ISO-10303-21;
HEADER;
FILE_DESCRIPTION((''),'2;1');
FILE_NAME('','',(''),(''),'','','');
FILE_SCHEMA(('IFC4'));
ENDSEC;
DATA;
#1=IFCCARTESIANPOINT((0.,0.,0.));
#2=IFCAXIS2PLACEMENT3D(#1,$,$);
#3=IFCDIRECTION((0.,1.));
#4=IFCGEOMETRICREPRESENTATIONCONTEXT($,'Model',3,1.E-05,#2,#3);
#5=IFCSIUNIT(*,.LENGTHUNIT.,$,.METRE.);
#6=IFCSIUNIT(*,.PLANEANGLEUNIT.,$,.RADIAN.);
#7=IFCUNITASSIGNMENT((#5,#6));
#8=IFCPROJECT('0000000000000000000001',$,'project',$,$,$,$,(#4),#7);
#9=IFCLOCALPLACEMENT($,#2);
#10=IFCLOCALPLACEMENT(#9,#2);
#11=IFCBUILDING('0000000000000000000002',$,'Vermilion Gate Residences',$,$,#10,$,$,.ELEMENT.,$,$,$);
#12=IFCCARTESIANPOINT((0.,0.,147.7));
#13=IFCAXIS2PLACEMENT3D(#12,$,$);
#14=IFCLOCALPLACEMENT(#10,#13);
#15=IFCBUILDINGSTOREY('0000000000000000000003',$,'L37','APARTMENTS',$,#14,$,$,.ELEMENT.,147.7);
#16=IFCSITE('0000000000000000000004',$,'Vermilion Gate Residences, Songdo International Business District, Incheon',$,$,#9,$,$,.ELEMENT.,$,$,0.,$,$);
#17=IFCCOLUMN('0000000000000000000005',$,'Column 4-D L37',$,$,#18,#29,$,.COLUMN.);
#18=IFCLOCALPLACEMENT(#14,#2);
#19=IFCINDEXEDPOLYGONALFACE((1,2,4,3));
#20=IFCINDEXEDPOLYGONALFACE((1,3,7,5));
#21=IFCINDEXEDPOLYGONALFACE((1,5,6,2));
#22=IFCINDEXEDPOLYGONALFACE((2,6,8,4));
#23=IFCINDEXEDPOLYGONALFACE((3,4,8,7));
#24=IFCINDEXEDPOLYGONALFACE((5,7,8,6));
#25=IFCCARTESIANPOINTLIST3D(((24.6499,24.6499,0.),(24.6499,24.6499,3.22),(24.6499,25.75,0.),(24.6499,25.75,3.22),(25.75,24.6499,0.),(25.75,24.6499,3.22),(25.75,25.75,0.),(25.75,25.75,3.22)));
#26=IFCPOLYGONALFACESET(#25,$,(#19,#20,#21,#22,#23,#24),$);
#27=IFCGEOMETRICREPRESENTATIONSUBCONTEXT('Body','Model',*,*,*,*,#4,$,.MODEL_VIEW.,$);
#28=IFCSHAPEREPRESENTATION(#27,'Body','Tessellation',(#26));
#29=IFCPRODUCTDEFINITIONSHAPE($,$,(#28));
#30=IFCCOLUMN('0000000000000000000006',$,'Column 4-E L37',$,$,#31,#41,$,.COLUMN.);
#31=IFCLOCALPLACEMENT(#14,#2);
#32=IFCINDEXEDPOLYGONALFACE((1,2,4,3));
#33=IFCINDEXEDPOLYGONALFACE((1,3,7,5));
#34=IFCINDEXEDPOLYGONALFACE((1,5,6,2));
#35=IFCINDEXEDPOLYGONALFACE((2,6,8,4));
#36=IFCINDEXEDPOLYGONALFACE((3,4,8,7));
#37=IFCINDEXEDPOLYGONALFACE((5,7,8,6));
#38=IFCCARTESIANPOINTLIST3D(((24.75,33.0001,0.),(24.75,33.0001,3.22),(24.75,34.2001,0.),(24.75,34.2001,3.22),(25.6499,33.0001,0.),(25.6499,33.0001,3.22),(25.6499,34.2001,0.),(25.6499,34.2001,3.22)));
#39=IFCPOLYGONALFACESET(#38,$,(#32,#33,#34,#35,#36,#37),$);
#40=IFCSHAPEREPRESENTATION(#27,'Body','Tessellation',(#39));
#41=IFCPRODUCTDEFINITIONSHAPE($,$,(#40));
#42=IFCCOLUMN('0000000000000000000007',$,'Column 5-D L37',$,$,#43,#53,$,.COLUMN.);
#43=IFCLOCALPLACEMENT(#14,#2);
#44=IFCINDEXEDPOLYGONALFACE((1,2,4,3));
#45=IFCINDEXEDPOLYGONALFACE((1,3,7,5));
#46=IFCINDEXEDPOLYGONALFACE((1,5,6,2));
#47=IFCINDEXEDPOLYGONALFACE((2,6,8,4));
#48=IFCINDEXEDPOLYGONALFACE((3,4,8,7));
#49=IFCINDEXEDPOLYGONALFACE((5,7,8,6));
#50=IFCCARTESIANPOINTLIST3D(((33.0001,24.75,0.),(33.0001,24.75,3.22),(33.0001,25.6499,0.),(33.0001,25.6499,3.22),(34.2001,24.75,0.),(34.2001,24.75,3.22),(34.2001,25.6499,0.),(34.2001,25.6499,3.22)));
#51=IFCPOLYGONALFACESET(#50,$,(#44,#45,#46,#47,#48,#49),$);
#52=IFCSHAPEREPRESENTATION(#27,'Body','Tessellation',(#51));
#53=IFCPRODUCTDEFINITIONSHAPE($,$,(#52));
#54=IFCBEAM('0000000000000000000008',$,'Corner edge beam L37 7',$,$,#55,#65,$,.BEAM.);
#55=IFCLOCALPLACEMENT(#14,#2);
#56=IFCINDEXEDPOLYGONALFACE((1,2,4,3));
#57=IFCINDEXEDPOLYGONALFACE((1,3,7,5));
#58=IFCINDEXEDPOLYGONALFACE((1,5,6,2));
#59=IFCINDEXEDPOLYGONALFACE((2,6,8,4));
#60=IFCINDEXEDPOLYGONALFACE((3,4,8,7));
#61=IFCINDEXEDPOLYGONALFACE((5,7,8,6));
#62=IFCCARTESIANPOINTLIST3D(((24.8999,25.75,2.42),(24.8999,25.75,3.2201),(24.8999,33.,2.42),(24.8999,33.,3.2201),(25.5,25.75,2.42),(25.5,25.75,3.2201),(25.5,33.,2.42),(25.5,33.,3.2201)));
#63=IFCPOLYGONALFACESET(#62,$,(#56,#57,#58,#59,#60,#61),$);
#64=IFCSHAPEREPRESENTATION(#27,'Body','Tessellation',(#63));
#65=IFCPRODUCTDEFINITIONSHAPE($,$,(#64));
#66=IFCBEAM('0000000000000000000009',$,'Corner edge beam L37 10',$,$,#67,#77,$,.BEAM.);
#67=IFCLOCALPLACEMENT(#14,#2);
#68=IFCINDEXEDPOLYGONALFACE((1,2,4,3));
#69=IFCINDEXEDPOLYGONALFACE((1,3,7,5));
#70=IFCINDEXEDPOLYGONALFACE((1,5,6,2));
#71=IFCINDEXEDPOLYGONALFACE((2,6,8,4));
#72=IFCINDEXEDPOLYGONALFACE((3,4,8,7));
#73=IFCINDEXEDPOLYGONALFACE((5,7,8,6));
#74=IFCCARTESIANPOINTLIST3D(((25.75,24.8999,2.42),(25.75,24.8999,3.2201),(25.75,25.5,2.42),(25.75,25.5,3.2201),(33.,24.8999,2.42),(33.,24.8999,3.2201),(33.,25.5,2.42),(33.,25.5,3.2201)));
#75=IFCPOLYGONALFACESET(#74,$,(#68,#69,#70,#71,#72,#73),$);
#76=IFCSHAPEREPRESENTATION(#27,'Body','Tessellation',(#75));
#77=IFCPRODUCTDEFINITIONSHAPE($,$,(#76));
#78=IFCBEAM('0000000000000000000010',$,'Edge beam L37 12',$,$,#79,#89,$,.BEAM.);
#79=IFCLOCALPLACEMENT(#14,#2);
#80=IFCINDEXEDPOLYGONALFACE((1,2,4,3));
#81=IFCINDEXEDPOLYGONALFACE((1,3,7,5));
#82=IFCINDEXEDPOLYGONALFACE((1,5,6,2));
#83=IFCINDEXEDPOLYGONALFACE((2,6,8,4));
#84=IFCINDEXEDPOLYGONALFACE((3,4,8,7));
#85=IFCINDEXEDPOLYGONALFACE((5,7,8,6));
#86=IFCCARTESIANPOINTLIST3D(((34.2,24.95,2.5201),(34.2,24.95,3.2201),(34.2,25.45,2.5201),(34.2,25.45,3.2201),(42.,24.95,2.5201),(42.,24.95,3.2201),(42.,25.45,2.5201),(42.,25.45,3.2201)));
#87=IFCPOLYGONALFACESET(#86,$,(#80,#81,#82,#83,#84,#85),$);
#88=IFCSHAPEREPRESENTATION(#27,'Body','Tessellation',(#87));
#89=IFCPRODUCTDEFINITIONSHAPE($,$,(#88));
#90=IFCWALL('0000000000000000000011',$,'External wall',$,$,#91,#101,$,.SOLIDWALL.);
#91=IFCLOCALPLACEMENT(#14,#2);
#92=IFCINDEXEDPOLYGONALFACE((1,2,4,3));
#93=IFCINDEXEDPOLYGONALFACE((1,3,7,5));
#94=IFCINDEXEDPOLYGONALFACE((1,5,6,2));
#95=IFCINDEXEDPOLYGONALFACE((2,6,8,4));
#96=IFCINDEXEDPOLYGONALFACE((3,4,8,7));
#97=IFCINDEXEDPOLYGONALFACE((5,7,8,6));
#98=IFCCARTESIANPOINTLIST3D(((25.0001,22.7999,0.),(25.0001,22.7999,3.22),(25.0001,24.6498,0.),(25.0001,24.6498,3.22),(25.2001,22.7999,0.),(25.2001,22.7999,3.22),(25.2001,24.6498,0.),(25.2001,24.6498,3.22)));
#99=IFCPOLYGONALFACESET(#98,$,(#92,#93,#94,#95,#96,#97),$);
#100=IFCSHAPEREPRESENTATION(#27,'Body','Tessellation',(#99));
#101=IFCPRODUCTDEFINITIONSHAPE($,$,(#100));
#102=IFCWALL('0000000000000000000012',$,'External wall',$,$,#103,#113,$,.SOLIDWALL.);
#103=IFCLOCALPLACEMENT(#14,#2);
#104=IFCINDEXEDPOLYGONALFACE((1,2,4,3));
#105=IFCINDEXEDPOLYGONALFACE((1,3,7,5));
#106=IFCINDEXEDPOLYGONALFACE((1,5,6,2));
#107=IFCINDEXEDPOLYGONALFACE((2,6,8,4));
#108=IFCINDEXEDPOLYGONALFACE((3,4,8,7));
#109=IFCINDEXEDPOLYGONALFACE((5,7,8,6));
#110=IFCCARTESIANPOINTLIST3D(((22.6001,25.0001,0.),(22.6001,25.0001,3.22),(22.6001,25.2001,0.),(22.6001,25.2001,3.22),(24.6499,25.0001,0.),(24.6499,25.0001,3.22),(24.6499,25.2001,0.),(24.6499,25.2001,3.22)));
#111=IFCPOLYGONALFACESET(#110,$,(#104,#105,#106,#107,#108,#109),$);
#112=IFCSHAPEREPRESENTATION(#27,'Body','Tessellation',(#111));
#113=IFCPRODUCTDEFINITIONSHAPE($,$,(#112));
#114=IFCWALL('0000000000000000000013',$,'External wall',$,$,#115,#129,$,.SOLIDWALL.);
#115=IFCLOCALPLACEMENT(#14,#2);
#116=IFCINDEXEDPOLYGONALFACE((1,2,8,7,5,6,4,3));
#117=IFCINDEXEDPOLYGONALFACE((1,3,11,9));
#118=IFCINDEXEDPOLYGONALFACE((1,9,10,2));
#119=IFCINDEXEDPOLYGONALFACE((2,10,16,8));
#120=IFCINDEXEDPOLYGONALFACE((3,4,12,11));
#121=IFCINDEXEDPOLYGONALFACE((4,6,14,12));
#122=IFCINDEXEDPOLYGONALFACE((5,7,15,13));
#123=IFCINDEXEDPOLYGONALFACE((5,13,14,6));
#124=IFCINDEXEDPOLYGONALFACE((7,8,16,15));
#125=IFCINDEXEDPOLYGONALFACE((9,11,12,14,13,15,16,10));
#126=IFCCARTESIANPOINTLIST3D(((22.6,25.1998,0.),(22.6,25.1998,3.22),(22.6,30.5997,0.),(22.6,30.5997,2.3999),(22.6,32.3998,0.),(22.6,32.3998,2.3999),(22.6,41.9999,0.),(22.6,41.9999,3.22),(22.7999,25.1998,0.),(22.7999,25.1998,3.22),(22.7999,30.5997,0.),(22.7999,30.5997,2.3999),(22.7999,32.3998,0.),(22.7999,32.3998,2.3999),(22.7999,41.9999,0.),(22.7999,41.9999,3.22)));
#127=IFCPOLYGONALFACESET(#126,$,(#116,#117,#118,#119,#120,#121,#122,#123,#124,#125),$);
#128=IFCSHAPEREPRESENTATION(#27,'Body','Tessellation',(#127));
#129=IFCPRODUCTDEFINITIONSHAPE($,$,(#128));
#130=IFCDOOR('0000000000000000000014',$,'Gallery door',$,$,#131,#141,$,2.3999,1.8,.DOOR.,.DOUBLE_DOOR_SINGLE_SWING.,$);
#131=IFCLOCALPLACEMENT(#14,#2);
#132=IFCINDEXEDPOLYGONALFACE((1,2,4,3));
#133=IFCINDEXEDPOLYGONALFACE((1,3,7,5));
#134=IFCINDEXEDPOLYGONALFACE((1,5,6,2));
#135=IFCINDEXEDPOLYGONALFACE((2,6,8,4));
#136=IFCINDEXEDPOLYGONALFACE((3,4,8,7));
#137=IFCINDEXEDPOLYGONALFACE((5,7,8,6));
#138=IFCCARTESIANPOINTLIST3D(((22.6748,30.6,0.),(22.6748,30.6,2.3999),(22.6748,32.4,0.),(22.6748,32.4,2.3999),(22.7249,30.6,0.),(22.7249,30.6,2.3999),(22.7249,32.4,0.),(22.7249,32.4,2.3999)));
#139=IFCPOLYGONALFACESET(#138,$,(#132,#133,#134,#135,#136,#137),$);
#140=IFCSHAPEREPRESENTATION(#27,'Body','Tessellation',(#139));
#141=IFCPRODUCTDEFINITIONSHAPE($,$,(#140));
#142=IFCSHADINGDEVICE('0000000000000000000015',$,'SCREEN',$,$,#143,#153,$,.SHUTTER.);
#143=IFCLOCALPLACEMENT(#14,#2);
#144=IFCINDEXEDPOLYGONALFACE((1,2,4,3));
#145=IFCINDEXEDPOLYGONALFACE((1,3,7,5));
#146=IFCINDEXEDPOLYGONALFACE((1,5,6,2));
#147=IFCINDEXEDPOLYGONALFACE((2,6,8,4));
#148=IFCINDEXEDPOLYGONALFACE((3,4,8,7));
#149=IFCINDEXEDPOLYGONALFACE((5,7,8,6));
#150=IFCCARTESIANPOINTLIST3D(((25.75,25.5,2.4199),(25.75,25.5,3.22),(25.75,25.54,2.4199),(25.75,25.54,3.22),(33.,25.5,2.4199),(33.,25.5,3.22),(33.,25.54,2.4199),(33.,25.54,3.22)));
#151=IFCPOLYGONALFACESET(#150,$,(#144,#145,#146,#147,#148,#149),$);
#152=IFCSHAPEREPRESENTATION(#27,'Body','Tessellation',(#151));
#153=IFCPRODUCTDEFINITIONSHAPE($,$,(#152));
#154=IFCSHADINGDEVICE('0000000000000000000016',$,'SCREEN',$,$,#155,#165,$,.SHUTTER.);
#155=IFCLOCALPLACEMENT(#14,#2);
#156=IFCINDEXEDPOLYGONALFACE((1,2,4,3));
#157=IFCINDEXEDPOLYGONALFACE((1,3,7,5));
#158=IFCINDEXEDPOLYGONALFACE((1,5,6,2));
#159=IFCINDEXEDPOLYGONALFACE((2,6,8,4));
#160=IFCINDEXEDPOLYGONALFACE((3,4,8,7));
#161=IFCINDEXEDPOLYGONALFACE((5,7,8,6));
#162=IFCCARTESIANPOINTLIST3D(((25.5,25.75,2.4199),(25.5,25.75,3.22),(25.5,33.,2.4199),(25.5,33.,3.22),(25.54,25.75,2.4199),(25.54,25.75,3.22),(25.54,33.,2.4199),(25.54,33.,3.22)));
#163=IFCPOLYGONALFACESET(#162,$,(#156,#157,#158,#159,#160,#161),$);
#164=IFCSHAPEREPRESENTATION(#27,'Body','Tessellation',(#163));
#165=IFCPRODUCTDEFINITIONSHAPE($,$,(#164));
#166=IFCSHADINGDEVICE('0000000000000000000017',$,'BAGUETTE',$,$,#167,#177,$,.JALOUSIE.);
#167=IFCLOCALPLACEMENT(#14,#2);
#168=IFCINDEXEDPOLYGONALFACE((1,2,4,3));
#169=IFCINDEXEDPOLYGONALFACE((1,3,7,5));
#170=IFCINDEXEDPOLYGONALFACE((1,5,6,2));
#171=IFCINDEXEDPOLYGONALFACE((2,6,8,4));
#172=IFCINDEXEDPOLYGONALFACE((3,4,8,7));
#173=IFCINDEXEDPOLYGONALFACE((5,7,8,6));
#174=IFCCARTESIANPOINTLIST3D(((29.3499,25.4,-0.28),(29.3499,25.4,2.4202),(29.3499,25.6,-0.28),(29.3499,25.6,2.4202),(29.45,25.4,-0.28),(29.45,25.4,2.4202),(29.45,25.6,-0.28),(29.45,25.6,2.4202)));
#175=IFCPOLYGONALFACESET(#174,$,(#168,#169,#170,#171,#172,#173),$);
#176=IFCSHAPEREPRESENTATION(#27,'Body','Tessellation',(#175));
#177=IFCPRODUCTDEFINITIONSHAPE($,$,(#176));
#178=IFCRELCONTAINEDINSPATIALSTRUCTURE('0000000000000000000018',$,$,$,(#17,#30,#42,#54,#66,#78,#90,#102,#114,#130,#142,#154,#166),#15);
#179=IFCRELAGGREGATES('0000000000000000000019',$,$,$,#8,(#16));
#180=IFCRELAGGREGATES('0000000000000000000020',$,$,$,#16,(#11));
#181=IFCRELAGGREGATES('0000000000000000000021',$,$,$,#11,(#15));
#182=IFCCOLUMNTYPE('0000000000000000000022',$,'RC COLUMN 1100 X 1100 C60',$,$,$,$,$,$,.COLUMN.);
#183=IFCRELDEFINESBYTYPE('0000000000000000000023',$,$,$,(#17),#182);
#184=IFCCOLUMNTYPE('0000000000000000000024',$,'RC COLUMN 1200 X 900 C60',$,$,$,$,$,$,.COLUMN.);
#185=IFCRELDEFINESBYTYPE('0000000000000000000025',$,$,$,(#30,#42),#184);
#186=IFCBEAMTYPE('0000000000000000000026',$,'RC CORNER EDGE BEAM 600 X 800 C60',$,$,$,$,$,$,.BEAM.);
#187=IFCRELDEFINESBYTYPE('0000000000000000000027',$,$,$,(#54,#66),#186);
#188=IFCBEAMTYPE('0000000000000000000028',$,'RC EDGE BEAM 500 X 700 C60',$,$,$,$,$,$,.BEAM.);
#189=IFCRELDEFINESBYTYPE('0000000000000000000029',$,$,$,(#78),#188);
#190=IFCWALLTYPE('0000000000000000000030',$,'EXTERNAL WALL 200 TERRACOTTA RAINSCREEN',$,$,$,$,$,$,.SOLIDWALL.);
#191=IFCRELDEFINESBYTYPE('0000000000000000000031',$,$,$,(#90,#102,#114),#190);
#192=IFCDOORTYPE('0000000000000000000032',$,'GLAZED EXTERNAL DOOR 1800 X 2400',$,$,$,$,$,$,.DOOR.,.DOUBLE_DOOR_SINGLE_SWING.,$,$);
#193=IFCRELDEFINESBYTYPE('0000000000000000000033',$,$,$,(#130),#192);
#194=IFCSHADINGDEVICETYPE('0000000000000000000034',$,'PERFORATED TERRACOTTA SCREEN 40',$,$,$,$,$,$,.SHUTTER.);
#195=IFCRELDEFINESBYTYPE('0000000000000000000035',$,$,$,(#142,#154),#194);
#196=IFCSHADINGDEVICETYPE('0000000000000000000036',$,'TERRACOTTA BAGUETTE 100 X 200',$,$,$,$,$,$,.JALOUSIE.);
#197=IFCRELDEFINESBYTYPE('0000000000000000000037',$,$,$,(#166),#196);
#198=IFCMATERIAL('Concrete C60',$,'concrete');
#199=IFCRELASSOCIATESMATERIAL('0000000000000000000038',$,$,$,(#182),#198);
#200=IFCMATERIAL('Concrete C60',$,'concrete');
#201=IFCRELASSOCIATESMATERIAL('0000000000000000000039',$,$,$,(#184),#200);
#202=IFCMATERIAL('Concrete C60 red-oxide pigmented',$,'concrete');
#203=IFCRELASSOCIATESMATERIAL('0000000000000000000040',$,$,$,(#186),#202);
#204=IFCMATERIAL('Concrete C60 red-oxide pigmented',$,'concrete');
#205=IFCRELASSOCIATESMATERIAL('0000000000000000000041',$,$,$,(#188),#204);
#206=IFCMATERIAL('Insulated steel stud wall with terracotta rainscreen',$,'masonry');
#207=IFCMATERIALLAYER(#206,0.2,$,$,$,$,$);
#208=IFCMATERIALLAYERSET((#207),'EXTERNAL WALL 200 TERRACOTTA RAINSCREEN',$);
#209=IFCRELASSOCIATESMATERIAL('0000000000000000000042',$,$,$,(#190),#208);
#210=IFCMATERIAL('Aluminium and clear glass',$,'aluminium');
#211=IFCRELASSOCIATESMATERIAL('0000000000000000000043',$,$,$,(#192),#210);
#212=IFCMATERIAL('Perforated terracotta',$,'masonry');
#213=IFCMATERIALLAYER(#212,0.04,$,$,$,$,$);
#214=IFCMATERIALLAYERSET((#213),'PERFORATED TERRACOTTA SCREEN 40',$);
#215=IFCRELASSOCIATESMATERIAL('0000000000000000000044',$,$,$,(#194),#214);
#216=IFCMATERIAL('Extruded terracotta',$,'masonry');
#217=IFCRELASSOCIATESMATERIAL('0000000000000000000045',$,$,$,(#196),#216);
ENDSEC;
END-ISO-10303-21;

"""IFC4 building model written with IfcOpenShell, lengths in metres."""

from ifc_helpers import new_model, si_unit, direction, frame, frame_2d, origin, origin_2d, place, context, subcontext, project, spatial, rectangle, extrude, material, layer, layer_set, material_profile, profile_set, type_object, element, fill, save


model = new_model("IFC4")

# Units and contexts
model_context = context("Model", 3, precision=1e-05, world=origin(), true_north=direction((0.0, 1.0)))
body_context = subcontext(model_context, "Body", "Model", "MODEL_VIEW")
ifc_project = project(units=[si_unit("LENGTHUNIT", "METRE"), si_unit("PLANEANGLEUNIT", "RADIAN")], contexts=[model_context])

# Site, building, storey
site_placement = place(None, origin())
site = spatial("IfcSite", under=ifc_project, at=site_placement, Name="Vermilion Gate Residences, Songdo International Business District, Incheon", CompositionType="ELEMENT", RefElevation=0.0)
building_placement = place(site_placement, origin())
building = spatial("IfcBuilding", under=site, at=building_placement, Name="Vermilion Gate Residences", CompositionType="ELEMENT")
storey_placement = place(building_placement, frame((0.0, 0.0, 147.7)))
storey = spatial("IfcBuildingStorey", under=building, at=storey_placement, Name="L37", Description="APARTMENTS", CompositionType="ELEMENT", Elevation=147.7)

# Columns
ifc_material_1 = material(Name="Concrete C60", Category="concrete")
ifc_material_profile_1 = material_profile(ifc_material_1, rectangle(XDim=1.1001, YDim=1.1001, at=origin_2d()), Name="RC-1100x1100")
ifc_profile_set_1 = profile_set([ifc_material_profile_1], Name="Concrete C60")
column_type_1 = type_object("IfcColumnType", Name="RC COLUMN 1100 X 1100 C60", PredefinedType="COLUMN", material=ifc_profile_set_1)
column_placement = place(storey_placement, frame((25.2, 25.2, 0.0), z_axis=(0.0, 0.0, 1.0), x_axis=(1.0, 0.0, 0.0)))
element("IfcColumn", 1, at=column_placement, inside=storey, type_object=column_type_1, Name="Column 4-D L37", PredefinedType="COLUMN", context=body_context, shape_type="SweptSolid", body=[
    extrude(rectangle(XDim=1.1001, YDim=1.1001, at=origin_2d()), origin(), (0.0, 0.0, 1.0), 3.22),
])
ifc_material_2 = material(Name="Concrete C60", Category="concrete")
ifc_material_profile_2 = material_profile(ifc_material_2, rectangle(XDim=1.2, YDim=0.8999, at=origin_2d()), Name="RC-1200x900")
ifc_profile_set_2 = profile_set([ifc_material_profile_2], Name="Concrete C60")
column_type_2 = type_object("IfcColumnType", Name="RC COLUMN 1200 X 900 C60", PredefinedType="COLUMN", material=ifc_profile_set_2)
for number, where, z_axis, x_axis, name in (
    (2, (25.2, 33.6001, 0.0), (0.0, 0.0, 1.0), (0.0, 1.0, 0.0), "Column 4-E L37"),
    (3, (33.6001, 25.2, 0.0), (0.0, 0.0, 1.0), (1.0, 0.0, 0.0), "Column 5-D L37"),
):
    element("IfcColumn", number, at=place(storey_placement, frame(where, z_axis=z_axis, x_axis=x_axis)), inside=storey, type_object=column_type_2, Name=name, PredefinedType="COLUMN", context=body_context, shape_type="SweptSolid", body=[
        extrude(rectangle(XDim=1.2, YDim=0.8999, at=origin_2d()), origin(), (0.0, 0.0, 1.0), 3.22),
    ])

# Beams
ifc_material_3 = material(Name="Concrete C60 red-oxide pigmented", Category="concrete")
ifc_material_profile_3 = material_profile(ifc_material_3, rectangle(XDim=0.6001, YDim=0.8, at=origin_2d()), Name="RC-600x800")
ifc_profile_set_3 = profile_set([ifc_material_profile_3], Name="Concrete C60 red-oxide pigmented")
beam_type_1 = type_object("IfcBeamType", Name="RC CORNER EDGE BEAM 600 X 800 C60", PredefinedType="BEAM", material=ifc_profile_set_3)
for number, where, z_axis, x_axis, name in (
    (4, (25.2, 25.75, 2.8201), (0.0, 1.0, 0.0), (-1.0, 0.0, 0.0), "Corner edge beam L37 7"),
    (5, (25.75, 25.2, 2.8201), (1.0, 0.0, 0.0), (0.0, 1.0, 0.0), "Corner edge beam L37 10"),
):
    element("IfcBeam", number, at=place(storey_placement, frame(where, z_axis=z_axis, x_axis=x_axis)), inside=storey, type_object=beam_type_1, Name=name, PredefinedType="BEAM", context=body_context, shape_type="SweptSolid", body=[
        extrude(rectangle(XDim=0.6001, YDim=0.8, at=origin_2d()), origin(), (0.0, 0.0, 1.0), 7.25),
    ])
ifc_material_4 = material(Name="Concrete C60 red-oxide pigmented", Category="concrete")
ifc_material_profile_4 = material_profile(ifc_material_4, rectangle(XDim=0.5, YDim=0.7, at=origin_2d()), Name="RC-500x700")
ifc_profile_set_4 = profile_set([ifc_material_profile_4], Name="Concrete C60 red-oxide pigmented")
beam_type_2 = type_object("IfcBeamType", Name="RC EDGE BEAM 500 X 700 C60", PredefinedType="BEAM", material=ifc_profile_set_4)
beam_placement = place(storey_placement, frame((34.2, 25.2, 2.8701), z_axis=(1.0, 0.0, 0.0), x_axis=(0.0, 1.0, 0.0)))
element("IfcBeam", 6, at=beam_placement, inside=storey, type_object=beam_type_2, Name="Edge beam L37 12", PredefinedType="BEAM", context=body_context, shape_type="SweptSolid", body=[
    extrude(rectangle(XDim=0.5, YDim=0.7, at=origin_2d()), origin(), (0.0, 0.0, 1.0), 7.8),
])

# Walls
ifc_material_5 = material(Name="Insulated steel stud wall with terracotta rainscreen", Category="masonry")
ifc_layer_1 = layer(ifc_material_5, 0.2)
ifc_layer_set_1 = layer_set([ifc_layer_1], Name="EXTERNAL WALL 200 TERRACOTTA RAINSCREEN")
wall_type = type_object("IfcWallType", Name="EXTERNAL WALL 200 TERRACOTTA RAINSCREEN", PredefinedType="SOLIDWALL", material=ifc_layer_set_1)
wall_1_placement = place(storey_placement, frame((25.1001, 22.8, 0.0), z_axis=(0.0, 0.0, 1.0), x_axis=(0.0, 1.0, 0.0)))
element("IfcWall", 7, at=wall_1_placement, inside=storey, type_object=wall_type, Name="External wall", PredefinedType="SOLIDWALL", context=body_context, shape_type="SweptSolid", body=[
    extrude(rectangle(XDim=1.8499, YDim=0.2, at=frame_2d((0.9248, 0.0))), origin(), (0.0, 0.0, 1.0), 3.22),
])
wall_2_placement = place(storey_placement, frame((24.6499, 25.1001, 0.0), z_axis=(0.0, 0.0, 1.0), x_axis=(-1.0, 0.0, 0.0)))
element("IfcWall", 8, at=wall_2_placement, inside=storey, type_object=wall_type, Name="External wall", PredefinedType="SOLIDWALL", context=body_context, shape_type="SweptSolid", body=[
    extrude(rectangle(XDim=2.0498, YDim=0.2, at=frame_2d((1.0249, 0.0))), origin(), (0.0, 0.0, 1.0), 3.22),
])

# Wall, opening, door
wall_3_placement = place(storey_placement, frame((22.7, 25.2, 0.0), z_axis=(0.0, 0.0, 1.0), x_axis=(0.0, 1.0, 0.0)))
wall_3 = element("IfcWall", 9, at=wall_3_placement, inside=storey, type_object=wall_type, Name="External wall", PredefinedType="SOLIDWALL", context=body_context, shape_type="SweptSolid", body=[
    extrude(rectangle(XDim=16.8, YDim=0.2, at=frame_2d((8.3999, 0.0))), origin(), (0.0, 0.0, 1.0), 3.22),
])
opening_placement = place(wall_3_placement, frame((5.3999, 0.0, 0.0)))
opening = element("IfcOpeningElement", 10, at=opening_placement, cuts=wall_3, PredefinedType="OPENING", context=body_context, shape_type="SweptSolid", body=[
    extrude(rectangle(XDim=1.8, YDim=2.3999, at=frame_2d((0.8999, 1.2))), frame((0.0, 0.1099, 0.0), z_axis=(0.0, -1.0, 0.0), x_axis=(1.0, 0.0, 0.0)), (0.0, 0.0, 1.0), 0.22),
])
ifc_material_6 = material(Name="Aluminium and clear glass", Category="aluminium")
door_type = type_object("IfcDoorType", Name="GLAZED EXTERNAL DOOR 1800 X 2400", OperationType="DOUBLE_DOOR_SINGLE_SWING", PredefinedType="DOOR", material=ifc_material_6)
door_placement = place(opening_placement, frame((1.8, 0.0, 0.0), z_axis=(0.0, 0.0, 1.0), x_axis=(-1.0, 0.0, 0.0)))
door = element("IfcDoor", 11, at=door_placement, inside=storey, type_object=door_type, Name="Gallery door", OperationType="DOUBLE_DOOR_SINGLE_SWING", OverallHeight=2.3999, OverallWidth=1.8, PredefinedType="DOOR", context=body_context, shape_type="SweptSolid", body=[
    extrude(rectangle(XDim=1.8, YDim=2.3999, at=frame_2d((0.8999, 1.2))), frame((0.0, 0.0249, 0.0), z_axis=(0.0, -1.0, 0.0), x_axis=(1.0, 0.0, 0.0)), (0.0, 0.0, 1.0), 0.05),
])
fill(opening, door)

# Shading devices
ifc_material_7 = material(Name="Perforated terracotta", Category="masonry")
ifc_layer_2 = layer(ifc_material_7, 0.04)
ifc_layer_set_2 = layer_set([ifc_layer_2], Name="PERFORATED TERRACOTTA SCREEN 40")
shading_device_type_1 = type_object("IfcShadingDeviceType", Name="PERFORATED TERRACOTTA SCREEN 40", PredefinedType="SHUTTER", material=ifc_layer_set_2)
for number, where, z_axis, x_axis, name in (
    (12, (29.375, 25.52, 2.4199), (0.0, 0.0, 1.0), (-1.0, 0.0, 0.0), "SCREEN"),
    (13, (25.52, 29.375, 2.4199), (0.0, 0.0, 1.0), (0.0, 1.0, 0.0), "SCREEN"),
):
    element("IfcShadingDevice", number, at=place(storey_placement, frame(where, z_axis=z_axis, x_axis=x_axis)), inside=storey, type_object=shading_device_type_1, Name=name, PredefinedType="SHUTTER", context=body_context, shape_type="SweptSolid", body=[
        extrude(rectangle(XDim=7.25, YDim=0.04, at=origin_2d()), origin(), (0.0, 0.0, 1.0), 0.8),
    ])
ifc_material_8 = material(Name="Extruded terracotta", Category="masonry")
ifc_material_profile_5 = material_profile(ifc_material_8, rectangle(XDim=0.2, YDim=0.1001, at=origin_2d()), Name="BAGUETTE 100 X 200")
ifc_profile_set_5 = profile_set([ifc_material_profile_5], Name="Extruded terracotta")
shading_device_type_2 = type_object("IfcShadingDeviceType", Name="TERRACOTTA BAGUETTE 100 X 200", PredefinedType="JALOUSIE", material=ifc_profile_set_5)
for number, where, z_axis, x_axis, name in (
    (14, (29.3999, 25.5, -0.28), (0.0, 0.0, 1.0), (0.0, -1.0, 0.0), "BAGUETTE"),
):
    element("IfcShadingDevice", number, at=place(storey_placement, frame(where, z_axis=z_axis, x_axis=x_axis)), inside=storey, type_object=shading_device_type_2, Name=name, PredefinedType="JALOUSIE", context=body_context, shape_type="SweptSolid", body=[
        extrude(rectangle(XDim=0.2, YDim=0.1001, at=origin_2d()), origin(), (0.0, 0.0, 1.0), 2.7002),
    ])

save(model, "model.ifc")
